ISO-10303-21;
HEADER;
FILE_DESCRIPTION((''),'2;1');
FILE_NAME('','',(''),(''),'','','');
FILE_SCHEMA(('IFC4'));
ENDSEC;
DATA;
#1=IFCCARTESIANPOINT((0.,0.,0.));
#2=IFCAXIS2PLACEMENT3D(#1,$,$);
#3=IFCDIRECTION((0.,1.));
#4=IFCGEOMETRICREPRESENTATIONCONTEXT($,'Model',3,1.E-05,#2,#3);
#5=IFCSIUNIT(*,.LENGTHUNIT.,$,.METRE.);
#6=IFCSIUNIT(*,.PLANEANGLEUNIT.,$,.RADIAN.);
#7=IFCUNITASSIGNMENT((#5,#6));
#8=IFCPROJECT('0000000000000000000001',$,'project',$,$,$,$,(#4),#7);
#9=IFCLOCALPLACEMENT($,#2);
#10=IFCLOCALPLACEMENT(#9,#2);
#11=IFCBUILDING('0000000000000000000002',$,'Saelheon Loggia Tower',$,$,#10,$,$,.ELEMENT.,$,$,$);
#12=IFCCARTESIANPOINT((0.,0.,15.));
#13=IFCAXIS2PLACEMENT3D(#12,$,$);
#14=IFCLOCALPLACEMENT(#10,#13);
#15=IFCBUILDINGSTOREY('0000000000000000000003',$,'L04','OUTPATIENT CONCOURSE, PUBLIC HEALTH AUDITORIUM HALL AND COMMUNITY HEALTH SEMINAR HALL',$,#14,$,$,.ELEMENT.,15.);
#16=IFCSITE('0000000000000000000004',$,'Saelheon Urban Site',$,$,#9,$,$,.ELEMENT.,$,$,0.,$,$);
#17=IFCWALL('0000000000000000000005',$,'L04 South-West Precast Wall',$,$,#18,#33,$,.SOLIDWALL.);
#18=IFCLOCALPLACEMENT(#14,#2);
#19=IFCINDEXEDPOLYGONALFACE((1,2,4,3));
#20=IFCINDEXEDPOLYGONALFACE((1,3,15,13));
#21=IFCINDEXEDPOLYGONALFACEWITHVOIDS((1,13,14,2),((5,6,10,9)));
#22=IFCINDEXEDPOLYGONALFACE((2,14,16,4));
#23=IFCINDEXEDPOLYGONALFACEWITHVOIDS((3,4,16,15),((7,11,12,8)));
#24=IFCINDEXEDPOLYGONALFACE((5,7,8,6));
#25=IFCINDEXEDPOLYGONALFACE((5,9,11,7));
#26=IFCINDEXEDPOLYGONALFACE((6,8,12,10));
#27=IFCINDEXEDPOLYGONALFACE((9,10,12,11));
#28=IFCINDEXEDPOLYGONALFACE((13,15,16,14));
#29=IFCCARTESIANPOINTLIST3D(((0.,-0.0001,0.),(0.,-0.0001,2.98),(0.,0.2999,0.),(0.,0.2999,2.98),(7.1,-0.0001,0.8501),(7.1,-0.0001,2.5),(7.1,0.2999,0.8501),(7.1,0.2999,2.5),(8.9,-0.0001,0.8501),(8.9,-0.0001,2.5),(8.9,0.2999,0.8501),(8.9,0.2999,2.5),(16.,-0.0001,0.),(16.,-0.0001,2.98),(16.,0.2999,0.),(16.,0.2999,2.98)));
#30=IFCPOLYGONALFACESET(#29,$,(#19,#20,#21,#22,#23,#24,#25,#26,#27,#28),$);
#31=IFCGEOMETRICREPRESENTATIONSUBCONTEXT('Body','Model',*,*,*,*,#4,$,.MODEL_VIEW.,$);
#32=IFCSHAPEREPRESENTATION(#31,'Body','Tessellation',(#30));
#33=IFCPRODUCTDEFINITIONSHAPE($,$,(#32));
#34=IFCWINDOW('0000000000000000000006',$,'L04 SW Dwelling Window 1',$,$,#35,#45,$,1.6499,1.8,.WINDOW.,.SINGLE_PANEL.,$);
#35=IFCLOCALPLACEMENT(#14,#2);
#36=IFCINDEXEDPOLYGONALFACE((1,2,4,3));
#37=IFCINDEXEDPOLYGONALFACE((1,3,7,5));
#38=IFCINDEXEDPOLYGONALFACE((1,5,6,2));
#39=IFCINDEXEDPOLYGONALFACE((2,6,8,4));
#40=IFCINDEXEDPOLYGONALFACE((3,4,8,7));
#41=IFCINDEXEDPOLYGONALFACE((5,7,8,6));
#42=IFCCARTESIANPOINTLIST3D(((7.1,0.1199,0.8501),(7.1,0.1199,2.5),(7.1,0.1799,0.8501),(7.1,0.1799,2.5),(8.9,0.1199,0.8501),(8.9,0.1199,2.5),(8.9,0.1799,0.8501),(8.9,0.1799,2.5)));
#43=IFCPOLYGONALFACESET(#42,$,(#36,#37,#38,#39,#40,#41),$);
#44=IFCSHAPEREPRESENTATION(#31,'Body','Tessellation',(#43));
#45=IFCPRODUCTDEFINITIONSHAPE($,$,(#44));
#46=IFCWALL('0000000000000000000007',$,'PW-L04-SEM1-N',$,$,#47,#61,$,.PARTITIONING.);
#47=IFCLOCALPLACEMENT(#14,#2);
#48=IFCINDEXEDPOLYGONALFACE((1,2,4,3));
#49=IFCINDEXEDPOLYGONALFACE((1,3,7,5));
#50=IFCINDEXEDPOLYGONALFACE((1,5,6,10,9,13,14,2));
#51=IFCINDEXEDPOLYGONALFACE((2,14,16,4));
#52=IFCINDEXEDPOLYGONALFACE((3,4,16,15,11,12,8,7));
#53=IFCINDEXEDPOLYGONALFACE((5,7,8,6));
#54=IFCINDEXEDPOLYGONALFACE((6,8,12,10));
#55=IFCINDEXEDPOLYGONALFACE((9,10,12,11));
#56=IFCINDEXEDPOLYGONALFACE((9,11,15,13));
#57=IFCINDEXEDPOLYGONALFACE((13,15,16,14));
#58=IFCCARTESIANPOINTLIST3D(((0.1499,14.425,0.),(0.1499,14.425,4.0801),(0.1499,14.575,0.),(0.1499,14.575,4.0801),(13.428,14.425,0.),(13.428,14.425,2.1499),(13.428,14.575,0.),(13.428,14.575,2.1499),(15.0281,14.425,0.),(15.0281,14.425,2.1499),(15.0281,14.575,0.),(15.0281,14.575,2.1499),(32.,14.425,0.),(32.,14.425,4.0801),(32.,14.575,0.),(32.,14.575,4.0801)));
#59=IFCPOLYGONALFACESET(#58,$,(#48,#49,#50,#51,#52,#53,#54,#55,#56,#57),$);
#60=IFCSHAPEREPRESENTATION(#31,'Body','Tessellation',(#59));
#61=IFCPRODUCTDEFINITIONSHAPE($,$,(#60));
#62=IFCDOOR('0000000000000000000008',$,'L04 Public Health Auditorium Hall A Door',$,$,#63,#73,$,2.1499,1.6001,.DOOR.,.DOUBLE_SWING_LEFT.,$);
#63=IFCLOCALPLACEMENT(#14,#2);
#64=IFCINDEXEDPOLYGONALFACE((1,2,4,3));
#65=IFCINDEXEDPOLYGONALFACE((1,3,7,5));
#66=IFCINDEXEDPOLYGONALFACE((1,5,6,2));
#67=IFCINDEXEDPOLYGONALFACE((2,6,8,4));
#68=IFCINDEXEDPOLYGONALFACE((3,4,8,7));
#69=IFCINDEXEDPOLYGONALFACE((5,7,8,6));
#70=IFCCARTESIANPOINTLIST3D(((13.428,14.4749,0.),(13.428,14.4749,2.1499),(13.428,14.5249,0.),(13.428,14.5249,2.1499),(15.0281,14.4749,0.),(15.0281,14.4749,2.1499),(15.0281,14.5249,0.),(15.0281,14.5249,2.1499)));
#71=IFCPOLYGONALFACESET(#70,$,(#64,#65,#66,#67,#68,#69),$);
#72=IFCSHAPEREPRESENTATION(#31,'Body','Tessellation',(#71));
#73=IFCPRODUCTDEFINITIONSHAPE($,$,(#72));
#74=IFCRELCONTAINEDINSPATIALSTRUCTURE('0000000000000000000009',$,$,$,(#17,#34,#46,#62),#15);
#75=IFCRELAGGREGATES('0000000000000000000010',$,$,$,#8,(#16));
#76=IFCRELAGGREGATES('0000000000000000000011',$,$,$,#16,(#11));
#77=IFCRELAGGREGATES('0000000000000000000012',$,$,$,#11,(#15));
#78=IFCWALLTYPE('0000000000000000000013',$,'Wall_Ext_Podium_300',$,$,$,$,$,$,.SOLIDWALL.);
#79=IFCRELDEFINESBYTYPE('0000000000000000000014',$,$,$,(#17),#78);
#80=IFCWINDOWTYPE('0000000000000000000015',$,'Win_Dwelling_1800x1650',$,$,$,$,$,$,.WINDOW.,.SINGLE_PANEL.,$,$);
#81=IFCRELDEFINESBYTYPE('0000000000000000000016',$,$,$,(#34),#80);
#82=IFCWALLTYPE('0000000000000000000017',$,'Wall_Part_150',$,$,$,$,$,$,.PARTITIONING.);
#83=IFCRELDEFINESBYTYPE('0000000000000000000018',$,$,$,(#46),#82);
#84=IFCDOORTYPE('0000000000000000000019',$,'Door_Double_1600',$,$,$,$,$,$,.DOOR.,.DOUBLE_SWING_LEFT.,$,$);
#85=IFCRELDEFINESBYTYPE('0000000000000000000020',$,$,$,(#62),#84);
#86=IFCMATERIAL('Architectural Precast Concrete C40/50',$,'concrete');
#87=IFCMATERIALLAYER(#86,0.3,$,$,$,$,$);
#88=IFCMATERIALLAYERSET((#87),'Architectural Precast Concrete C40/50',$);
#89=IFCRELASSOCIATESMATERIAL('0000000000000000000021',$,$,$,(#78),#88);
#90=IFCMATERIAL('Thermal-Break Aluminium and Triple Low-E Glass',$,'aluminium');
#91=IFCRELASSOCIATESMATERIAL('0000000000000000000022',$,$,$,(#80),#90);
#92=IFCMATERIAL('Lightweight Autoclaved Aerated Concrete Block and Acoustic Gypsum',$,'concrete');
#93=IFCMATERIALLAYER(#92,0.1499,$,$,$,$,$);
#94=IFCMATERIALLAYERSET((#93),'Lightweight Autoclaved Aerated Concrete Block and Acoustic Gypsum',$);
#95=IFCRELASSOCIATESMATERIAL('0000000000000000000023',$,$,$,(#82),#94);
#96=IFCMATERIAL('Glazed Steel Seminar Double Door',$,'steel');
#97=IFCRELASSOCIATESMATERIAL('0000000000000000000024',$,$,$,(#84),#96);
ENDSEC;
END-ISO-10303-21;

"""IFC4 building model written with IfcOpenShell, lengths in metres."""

from ifc_helpers import new_model, si_unit, direction, frame, frame_2d, origin, place, context, subcontext, project, spatial, rectangle, extrude, source, transform, mapped, material, layer, layer_set, type_object, element, fill, save


model = new_model("IFC4")

# Units and contexts
model_context = context("Model", 3, precision=1e-05, world=origin(), true_north=direction((0.0, 1.0)))
body_context = subcontext(model_context, "Body", "Model", "MODEL_VIEW")
ifc_project = project(units=[si_unit("LENGTHUNIT", "METRE"), si_unit("PLANEANGLEUNIT", "RADIAN")], contexts=[model_context])

# Site, building, storey
site_placement = place(None, origin())
site = spatial("IfcSite", under=ifc_project, at=site_placement, Name="Saelheon Urban Site", CompositionType="ELEMENT", RefElevation=0.0)
building_placement = place(site_placement, origin())
building = spatial("IfcBuilding", under=site, at=building_placement, Name="Saelheon Loggia Tower", CompositionType="ELEMENT")
storey_placement = place(building_placement, frame((0.0, 0.0, 15.0)))
storey = spatial("IfcBuildingStorey", under=building, at=storey_placement, Name="L04", Description="OUTPATIENT CONCOURSE, PUBLIC HEALTH AUDITORIUM HALL AND COMMUNITY HEALTH SEMINAR HALL", CompositionType="ELEMENT", Elevation=15.0)

# Wall, opening, window
ifc_material_1 = material(Name="Architectural Precast Concrete C40/50", Category="concrete")
ifc_layer_1 = layer(ifc_material_1, 0.3)
ifc_layer_set_1 = layer_set([ifc_layer_1], Name="Architectural Precast Concrete C40/50")
wall_type_1 = type_object("IfcWallType", Name="Wall_Ext_Podium_300", PredefinedType="SOLIDWALL", material=ifc_layer_set_1)
wall_1_placement = place(storey_placement, frame((0.0, 0.1499, 0.0), z_axis=(0.0, 0.0, 1.0), x_axis=(1.0, 0.0, 0.0)))
wall_1 = element("IfcWall", 1, at=wall_1_placement, inside=storey, type_object=wall_type_1, Name="L04 South-West Precast Wall", PredefinedType="SOLIDWALL", context=body_context, shape_type="SweptSolid", body=[
    extrude(rectangle(XDim=16.0, YDim=0.3, at=frame_2d((8.0, 0.0))), origin(), (0.0, 0.0, 1.0), 2.98),
])
opening_1_placement = place(wall_1_placement, frame((7.1001, 0.0, 0.8501)))
opening_1 = element("IfcOpeningElement", 2, at=opening_1_placement, cuts=wall_1, PredefinedType="OPENING", context=body_context, shape_type="SweptSolid", body=[
    extrude(rectangle(XDim=1.8, YDim=1.6499, at=frame_2d((0.8999, 0.825))), frame((0.0, 0.1621, 0.0), z_axis=(0.0, -1.0, 0.0), x_axis=(1.0, 0.0, 0.0)), (0.0, 0.0, 1.0), 0.324),
])
ifc_material_2 = material(Name="Thermal-Break Aluminium and Triple Low-E Glass", Category="aluminium")
window_type = type_object("IfcWindowType", Name="Win_Dwelling_1800x1650", PartitioningType="SINGLE_PANEL", PredefinedType="WINDOW", material=ifc_material_2)
shared_shape_1 = source(origin(), body_context, "Body", "SweptSolid", [
    extrude(rectangle(XDim=1.8, YDim=1.6499, at=frame_2d((0.8999, 0.825))), frame((0.0, 0.03, 0.0), z_axis=(0.0, -1.0, 0.0), x_axis=(1.0, 0.0, 0.0)), (0.0, 0.0, 1.0), 0.0601),
])
window_placement = place(opening_1_placement, origin())
window = element("IfcWindow", 3, at=window_placement, inside=storey, type_object=window_type, Name="L04 SW Dwelling Window 1", OverallHeight=1.6499, OverallWidth=1.8, PartitioningType="SINGLE_PANEL", PredefinedType="WINDOW", context=body_context, shape_type="MappedRepresentation", body=[
    mapped(shared_shape_1, transform((0.0, 0.0, 0.0), scale=1.0)),
])
fill(opening_1, window)

# Wall, opening, door
ifc_material_3 = material(Name="Lightweight Autoclaved Aerated Concrete Block and Acoustic Gypsum", Category="concrete")
ifc_layer_2 = layer(ifc_material_3, 0.1499)
ifc_layer_set_2 = layer_set([ifc_layer_2], Name="Lightweight Autoclaved Aerated Concrete Block and Acoustic Gypsum")
wall_type_2 = type_object("IfcWallType", Name="Wall_Part_150", PredefinedType="PARTITIONING", material=ifc_layer_set_2)
wall_2_placement = place(storey_placement, frame((0.1499, 14.5, 0.0), z_axis=(0.0, 0.0, 1.0), x_axis=(1.0, 0.0, 0.0)))
wall_2 = element("IfcWall", 4, at=wall_2_placement, inside=storey, type_object=wall_type_2, Name="PW-L04-SEM1-N", PredefinedType="PARTITIONING", context=body_context, shape_type="SweptSolid", body=[
    extrude(rectangle(XDim=31.8501, YDim=0.1499, at=frame_2d((15.925, 0.0))), origin(), (0.0, 0.0, 1.0), 4.0801),
])
opening_2_placement = place(wall_2_placement, frame((13.2781, 0.0, 0.0)))
opening_2 = element("IfcOpeningElement", 5, at=opening_2_placement, cuts=wall_2, PredefinedType="OPENING", context=body_context, shape_type="SweptSolid", body=[
    extrude(rectangle(XDim=1.6001, YDim=2.1499, at=frame_2d((0.8, 1.075))), frame((0.0, 0.0869, 0.0), z_axis=(0.0, -1.0, 0.0), x_axis=(1.0, 0.0, 0.0)), (0.0, 0.0, 1.0), 0.1738),
])
ifc_material_4 = material(Name="Glazed Steel Seminar Double Door", Category="steel")
door_type = type_object("IfcDoorType", Name="Door_Double_1600", OperationType="DOUBLE_SWING_LEFT", PredefinedType="DOOR", material=ifc_material_4)
shared_shape_2 = source(origin(), body_context, "Body", "SweptSolid", [
    extrude(rectangle(XDim=1.6001, YDim=2.1499, at=frame_2d((0.8, 1.075))), frame((0.0, 0.0249, 0.0), z_axis=(0.0, -1.0, 0.0), x_axis=(1.0, 0.0, 0.0)), (0.0, 0.0, 1.0), 0.05),
])
door_placement = place(opening_2_placement, origin())
door = element("IfcDoor", 6, at=door_placement, inside=storey, type_object=door_type, Name="L04 Public Health Auditorium Hall A Door", OperationType="DOUBLE_SWING_LEFT", OverallHeight=2.1499, OverallWidth=1.6001, PredefinedType="DOOR", context=body_context, shape_type="MappedRepresentation", body=[
    mapped(shared_shape_2, transform((0.0, 0.0, 0.0), scale=1.0)),
])
fill(opening_2, door)

save(model, "model.ifc")
